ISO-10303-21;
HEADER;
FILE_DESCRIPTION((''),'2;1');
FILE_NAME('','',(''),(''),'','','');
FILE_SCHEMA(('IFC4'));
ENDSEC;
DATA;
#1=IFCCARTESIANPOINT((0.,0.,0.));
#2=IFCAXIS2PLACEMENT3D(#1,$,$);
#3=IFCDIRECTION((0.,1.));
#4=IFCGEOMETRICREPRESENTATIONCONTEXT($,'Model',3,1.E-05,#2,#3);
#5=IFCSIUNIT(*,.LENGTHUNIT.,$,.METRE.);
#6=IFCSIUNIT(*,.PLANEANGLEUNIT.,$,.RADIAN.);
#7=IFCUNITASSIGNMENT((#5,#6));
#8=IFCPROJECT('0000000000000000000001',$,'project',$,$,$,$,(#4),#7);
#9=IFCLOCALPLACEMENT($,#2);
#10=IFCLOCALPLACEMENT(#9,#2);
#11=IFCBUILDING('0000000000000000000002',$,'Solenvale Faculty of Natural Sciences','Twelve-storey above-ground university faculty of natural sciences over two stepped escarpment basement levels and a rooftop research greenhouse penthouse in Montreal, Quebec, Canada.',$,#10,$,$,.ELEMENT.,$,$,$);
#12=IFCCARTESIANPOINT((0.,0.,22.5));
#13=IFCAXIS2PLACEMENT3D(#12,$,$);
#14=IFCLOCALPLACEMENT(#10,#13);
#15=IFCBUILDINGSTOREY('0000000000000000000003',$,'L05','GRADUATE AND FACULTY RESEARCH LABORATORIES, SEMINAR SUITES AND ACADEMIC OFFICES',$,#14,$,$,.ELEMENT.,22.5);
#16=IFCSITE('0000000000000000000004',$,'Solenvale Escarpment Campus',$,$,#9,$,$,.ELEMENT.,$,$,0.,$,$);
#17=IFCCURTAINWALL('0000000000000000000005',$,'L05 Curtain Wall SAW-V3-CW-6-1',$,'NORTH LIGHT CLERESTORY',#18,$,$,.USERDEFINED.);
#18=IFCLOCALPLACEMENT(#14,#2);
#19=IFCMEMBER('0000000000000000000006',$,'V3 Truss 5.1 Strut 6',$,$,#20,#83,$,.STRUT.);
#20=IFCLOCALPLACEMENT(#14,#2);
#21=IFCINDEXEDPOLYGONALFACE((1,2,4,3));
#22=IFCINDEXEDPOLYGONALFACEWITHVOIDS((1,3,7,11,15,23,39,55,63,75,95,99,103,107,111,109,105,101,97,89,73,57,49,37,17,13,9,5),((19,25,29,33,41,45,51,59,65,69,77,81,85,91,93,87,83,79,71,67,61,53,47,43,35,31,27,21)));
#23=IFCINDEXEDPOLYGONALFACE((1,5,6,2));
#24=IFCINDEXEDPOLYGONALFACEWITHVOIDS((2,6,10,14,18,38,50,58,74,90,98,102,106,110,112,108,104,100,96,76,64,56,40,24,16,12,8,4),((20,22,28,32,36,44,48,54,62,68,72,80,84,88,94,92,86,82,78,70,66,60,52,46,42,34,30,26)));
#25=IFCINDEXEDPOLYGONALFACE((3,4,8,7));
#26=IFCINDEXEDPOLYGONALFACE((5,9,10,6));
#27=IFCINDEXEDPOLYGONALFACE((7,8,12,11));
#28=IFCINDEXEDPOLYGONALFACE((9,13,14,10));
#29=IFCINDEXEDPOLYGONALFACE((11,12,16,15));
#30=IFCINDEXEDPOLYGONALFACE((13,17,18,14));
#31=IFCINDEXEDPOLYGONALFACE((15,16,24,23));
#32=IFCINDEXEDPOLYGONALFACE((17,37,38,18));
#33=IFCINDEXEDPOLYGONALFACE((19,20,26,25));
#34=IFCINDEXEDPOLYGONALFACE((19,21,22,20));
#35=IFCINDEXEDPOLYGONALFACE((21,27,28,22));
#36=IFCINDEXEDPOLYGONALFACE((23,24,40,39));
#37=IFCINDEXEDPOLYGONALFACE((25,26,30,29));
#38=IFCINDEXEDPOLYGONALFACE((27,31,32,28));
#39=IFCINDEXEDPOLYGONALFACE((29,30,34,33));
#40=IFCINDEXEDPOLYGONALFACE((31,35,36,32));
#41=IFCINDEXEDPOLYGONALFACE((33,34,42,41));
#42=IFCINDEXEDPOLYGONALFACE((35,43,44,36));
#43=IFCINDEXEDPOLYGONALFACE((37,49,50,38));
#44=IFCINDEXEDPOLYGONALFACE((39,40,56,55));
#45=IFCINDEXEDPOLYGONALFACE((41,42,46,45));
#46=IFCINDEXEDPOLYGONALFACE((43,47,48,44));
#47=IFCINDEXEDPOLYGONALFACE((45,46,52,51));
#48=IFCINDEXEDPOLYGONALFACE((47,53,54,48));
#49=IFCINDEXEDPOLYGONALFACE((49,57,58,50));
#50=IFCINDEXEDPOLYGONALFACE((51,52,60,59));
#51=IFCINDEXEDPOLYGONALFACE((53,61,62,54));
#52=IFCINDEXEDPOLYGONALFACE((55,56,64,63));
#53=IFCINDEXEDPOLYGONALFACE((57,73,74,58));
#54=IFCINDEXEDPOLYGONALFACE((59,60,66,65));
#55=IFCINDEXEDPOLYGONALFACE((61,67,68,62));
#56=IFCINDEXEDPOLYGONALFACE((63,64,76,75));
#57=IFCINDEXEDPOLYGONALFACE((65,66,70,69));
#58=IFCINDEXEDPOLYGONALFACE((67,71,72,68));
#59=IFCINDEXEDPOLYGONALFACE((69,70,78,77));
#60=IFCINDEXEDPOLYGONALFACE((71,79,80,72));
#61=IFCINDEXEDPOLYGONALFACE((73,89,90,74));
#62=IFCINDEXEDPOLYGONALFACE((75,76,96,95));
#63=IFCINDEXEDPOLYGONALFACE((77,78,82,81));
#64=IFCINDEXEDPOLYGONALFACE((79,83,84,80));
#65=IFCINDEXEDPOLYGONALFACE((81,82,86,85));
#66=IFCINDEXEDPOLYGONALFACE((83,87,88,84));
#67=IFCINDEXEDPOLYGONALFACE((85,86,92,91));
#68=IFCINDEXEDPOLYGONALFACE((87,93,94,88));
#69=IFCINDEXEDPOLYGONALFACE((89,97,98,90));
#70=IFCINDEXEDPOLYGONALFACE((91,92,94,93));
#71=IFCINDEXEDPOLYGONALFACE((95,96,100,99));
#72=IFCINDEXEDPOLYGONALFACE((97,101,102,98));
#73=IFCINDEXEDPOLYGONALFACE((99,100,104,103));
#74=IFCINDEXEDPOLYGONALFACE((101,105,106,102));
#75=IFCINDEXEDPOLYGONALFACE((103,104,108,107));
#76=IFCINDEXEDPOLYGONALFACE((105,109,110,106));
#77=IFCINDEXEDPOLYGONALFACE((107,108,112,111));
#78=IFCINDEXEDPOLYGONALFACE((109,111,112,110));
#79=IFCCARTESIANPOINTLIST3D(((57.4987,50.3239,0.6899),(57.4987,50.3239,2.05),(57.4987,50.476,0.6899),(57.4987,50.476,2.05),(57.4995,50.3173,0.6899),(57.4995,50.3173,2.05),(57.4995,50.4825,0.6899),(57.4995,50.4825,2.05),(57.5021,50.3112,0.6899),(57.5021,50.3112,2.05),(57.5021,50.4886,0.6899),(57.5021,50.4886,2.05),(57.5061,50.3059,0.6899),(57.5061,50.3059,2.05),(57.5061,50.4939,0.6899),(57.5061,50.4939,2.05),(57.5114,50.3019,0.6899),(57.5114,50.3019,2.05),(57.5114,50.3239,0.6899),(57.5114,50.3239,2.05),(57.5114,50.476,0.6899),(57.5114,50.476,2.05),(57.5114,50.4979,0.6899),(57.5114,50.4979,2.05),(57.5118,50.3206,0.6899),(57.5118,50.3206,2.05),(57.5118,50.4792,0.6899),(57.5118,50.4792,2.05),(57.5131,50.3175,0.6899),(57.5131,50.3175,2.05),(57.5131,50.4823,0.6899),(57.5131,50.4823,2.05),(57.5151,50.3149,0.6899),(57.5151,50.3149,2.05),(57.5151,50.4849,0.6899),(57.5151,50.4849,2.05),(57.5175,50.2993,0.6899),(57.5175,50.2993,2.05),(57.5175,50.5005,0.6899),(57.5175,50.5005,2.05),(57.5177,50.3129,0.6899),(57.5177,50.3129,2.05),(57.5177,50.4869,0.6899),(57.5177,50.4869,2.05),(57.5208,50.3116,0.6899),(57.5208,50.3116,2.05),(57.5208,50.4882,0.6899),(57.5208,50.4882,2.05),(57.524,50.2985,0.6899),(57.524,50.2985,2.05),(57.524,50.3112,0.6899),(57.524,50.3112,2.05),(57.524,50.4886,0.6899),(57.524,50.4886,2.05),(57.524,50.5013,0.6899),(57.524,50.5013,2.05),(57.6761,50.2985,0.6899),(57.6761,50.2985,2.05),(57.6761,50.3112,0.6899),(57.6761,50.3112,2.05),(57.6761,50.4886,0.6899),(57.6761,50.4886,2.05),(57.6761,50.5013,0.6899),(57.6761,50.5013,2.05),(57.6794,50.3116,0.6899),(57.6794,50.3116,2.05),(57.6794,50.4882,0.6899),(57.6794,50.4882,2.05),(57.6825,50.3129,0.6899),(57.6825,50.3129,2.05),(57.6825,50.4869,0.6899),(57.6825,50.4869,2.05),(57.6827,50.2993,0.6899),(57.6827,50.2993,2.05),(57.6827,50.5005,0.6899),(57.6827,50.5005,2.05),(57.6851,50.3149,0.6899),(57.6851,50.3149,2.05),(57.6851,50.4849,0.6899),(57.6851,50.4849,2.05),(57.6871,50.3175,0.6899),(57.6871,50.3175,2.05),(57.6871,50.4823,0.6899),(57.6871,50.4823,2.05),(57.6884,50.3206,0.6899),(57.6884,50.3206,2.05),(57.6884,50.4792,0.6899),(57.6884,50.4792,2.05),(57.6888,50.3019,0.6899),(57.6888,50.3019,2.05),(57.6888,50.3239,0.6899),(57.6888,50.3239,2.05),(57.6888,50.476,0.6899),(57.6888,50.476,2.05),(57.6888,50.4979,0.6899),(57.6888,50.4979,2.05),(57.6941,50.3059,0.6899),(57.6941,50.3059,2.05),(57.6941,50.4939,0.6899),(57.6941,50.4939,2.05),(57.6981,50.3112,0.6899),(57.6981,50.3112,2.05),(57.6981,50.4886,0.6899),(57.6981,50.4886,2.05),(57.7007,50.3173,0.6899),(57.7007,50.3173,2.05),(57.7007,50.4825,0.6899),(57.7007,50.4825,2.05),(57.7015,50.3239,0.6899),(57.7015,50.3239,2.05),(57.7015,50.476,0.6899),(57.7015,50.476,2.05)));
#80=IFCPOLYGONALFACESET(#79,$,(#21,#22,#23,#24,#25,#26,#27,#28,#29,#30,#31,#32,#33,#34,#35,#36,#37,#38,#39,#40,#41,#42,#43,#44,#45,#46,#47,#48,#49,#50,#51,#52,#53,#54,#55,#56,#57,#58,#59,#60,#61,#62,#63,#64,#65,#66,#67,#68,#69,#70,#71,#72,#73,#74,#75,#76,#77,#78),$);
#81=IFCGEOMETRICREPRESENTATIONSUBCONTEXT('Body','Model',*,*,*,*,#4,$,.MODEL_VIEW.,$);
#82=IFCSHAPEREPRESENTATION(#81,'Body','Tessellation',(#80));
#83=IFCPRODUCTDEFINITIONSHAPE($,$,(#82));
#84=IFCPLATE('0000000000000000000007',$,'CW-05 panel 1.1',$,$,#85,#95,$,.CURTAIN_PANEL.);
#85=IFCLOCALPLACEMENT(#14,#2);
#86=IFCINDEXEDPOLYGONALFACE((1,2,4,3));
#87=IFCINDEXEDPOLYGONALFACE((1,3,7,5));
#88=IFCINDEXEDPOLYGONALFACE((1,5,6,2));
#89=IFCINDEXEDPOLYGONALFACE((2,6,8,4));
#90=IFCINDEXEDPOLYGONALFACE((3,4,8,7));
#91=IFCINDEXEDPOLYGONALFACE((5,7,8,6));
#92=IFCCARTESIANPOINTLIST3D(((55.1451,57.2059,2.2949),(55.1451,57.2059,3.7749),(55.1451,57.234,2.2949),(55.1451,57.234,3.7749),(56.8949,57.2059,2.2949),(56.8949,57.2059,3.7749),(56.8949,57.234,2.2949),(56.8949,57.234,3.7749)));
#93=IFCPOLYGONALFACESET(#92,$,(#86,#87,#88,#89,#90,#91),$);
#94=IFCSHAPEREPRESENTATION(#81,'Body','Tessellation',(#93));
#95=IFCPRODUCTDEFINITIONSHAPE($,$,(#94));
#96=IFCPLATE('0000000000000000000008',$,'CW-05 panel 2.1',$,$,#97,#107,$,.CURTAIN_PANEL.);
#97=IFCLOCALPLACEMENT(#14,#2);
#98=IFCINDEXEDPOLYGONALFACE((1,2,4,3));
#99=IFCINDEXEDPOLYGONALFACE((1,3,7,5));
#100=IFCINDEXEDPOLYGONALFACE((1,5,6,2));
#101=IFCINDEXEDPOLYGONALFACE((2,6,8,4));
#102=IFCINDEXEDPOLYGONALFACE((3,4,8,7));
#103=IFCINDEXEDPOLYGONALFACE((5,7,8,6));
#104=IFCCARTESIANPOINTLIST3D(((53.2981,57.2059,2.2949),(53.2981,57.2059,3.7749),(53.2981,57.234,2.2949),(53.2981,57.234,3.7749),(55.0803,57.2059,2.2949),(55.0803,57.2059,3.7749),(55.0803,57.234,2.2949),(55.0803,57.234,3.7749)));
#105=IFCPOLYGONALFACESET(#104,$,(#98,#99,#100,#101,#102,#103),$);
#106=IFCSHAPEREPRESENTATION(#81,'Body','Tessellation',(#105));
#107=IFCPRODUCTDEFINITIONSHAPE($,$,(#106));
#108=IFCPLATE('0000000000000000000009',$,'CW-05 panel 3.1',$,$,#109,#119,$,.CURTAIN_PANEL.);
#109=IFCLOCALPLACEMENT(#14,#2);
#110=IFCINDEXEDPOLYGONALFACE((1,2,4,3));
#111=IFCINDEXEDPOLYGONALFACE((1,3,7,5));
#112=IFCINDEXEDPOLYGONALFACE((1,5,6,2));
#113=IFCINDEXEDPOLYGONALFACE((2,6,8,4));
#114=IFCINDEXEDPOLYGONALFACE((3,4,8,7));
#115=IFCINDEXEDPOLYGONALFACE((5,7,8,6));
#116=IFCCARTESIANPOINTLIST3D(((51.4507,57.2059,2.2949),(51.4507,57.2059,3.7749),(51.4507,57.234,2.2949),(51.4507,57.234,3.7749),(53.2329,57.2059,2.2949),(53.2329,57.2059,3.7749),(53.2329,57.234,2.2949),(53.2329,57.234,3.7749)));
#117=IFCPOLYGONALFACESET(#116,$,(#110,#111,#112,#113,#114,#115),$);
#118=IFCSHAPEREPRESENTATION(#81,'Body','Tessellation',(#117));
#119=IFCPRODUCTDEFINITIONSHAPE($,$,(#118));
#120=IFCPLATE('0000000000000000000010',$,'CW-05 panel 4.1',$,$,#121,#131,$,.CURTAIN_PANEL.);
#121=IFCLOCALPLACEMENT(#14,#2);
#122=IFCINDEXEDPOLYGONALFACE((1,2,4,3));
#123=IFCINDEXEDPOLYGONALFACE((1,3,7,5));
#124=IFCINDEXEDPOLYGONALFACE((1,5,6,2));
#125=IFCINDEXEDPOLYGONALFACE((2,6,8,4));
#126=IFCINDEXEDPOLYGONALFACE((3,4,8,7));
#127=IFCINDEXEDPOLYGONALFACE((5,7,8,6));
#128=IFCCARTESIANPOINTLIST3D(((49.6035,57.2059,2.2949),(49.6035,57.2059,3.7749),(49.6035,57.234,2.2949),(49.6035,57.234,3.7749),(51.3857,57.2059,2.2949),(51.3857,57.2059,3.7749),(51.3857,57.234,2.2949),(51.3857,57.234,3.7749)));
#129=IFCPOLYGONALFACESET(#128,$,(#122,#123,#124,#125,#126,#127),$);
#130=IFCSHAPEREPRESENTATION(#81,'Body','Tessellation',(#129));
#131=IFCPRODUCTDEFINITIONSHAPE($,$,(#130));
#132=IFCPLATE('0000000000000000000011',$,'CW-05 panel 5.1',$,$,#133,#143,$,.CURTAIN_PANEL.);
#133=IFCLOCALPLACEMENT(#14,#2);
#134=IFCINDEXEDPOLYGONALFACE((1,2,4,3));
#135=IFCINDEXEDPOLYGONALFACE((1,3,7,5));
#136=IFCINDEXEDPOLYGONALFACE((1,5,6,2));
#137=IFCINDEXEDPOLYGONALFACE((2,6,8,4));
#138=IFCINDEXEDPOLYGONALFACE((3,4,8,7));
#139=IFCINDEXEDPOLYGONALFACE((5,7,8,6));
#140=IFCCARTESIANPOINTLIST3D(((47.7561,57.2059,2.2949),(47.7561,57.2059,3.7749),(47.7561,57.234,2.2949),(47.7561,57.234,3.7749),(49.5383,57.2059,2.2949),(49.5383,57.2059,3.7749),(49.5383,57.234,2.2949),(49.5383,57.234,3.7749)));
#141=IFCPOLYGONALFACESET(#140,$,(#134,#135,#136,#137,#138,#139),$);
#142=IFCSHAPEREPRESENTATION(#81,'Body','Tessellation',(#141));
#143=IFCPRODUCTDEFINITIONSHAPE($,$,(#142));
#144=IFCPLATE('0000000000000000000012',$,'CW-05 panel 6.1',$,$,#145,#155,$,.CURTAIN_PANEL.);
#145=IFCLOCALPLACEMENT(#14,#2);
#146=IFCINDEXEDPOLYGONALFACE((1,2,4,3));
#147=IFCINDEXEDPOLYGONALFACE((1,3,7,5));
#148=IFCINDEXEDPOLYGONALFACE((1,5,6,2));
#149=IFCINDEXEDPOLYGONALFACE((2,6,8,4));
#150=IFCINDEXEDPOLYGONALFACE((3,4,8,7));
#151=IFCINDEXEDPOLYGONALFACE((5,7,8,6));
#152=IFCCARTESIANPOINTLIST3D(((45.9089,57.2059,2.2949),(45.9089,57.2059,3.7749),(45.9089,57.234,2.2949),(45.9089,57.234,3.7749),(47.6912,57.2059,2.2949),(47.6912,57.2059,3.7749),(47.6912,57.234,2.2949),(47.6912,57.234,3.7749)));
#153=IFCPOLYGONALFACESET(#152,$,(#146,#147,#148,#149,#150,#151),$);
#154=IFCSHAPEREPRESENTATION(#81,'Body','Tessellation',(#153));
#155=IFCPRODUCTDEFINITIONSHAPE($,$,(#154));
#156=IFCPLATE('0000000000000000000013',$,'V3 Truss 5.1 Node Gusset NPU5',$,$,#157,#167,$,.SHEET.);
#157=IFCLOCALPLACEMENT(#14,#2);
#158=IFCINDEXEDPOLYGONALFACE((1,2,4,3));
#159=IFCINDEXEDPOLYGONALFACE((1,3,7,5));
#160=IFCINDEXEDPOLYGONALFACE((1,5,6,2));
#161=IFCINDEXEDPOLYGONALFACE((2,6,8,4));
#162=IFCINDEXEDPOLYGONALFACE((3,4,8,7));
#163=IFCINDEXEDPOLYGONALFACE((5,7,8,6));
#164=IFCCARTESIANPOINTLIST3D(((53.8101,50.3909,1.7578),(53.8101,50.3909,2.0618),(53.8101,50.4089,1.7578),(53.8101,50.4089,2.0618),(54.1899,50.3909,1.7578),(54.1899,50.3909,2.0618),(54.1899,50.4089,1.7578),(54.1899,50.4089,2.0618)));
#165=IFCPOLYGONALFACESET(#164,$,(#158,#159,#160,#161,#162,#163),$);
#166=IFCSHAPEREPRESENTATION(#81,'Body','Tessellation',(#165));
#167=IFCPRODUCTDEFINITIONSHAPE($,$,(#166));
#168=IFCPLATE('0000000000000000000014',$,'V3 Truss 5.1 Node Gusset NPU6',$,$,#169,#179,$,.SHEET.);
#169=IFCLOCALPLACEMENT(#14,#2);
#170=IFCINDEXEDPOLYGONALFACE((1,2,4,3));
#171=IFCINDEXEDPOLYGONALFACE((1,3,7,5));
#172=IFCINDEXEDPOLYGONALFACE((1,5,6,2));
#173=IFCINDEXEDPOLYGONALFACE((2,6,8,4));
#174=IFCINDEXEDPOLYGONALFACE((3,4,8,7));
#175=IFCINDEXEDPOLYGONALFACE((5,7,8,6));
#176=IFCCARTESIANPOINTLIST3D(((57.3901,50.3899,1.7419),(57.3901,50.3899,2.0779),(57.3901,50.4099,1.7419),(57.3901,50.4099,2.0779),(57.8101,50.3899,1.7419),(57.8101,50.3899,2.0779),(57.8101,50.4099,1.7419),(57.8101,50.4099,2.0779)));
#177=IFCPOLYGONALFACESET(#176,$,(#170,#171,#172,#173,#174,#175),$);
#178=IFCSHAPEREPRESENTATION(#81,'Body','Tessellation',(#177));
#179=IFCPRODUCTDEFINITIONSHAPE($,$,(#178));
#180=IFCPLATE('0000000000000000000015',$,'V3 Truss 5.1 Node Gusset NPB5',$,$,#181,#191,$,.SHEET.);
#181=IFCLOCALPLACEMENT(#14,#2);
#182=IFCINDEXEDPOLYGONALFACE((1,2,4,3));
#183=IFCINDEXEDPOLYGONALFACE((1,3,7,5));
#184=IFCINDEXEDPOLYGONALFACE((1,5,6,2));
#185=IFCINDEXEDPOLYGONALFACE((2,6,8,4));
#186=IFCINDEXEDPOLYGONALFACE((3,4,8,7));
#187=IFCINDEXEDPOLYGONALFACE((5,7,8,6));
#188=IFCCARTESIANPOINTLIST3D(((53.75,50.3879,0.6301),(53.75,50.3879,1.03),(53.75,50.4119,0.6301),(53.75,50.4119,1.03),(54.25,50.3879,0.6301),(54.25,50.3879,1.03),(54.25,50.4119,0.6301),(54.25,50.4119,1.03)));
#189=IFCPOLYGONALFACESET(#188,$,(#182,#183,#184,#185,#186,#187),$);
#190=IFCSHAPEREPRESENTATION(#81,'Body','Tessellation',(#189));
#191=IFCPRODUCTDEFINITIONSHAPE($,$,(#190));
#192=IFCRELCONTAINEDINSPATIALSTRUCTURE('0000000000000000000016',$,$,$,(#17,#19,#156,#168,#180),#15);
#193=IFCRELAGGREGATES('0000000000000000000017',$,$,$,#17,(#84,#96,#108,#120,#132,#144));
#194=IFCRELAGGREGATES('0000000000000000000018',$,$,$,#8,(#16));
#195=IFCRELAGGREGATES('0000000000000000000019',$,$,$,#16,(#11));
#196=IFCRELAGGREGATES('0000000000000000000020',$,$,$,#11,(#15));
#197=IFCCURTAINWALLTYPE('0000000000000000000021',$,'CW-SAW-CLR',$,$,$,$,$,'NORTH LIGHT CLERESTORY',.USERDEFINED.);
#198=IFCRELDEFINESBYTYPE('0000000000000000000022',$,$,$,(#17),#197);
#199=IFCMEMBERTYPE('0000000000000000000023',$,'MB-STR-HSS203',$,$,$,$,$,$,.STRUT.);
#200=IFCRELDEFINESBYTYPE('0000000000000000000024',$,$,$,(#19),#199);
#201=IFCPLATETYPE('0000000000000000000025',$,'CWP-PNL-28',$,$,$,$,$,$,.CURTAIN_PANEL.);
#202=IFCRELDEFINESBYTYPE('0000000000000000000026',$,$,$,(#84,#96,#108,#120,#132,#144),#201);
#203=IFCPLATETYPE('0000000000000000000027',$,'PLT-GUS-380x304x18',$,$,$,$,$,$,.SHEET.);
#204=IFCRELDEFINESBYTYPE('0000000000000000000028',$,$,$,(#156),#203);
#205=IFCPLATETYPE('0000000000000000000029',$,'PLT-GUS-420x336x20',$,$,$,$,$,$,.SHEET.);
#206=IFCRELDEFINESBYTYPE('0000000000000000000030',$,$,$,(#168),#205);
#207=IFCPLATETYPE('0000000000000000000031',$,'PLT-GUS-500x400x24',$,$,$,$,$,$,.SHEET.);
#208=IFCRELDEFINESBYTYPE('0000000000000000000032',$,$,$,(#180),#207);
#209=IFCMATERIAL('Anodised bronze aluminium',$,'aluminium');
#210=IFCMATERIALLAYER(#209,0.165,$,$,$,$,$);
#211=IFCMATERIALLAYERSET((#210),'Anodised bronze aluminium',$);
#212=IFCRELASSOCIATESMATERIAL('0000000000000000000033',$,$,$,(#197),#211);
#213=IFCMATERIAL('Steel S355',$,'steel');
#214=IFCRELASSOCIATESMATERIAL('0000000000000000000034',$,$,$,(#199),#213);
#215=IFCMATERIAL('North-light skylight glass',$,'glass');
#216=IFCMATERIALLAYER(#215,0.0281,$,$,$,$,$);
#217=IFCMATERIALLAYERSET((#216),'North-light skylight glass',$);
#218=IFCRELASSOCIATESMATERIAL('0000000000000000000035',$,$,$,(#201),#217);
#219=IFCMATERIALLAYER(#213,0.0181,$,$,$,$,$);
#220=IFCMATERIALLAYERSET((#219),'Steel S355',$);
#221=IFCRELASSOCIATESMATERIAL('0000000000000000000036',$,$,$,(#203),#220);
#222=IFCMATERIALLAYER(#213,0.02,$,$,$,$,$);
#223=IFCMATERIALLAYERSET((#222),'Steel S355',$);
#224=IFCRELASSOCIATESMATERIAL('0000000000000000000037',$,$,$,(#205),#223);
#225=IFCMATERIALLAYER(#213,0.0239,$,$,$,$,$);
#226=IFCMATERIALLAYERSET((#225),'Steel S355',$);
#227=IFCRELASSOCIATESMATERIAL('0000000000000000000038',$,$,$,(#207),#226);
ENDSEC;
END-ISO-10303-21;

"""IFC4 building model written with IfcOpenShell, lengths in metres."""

from ifc_helpers import new_model, si_unit, direction, frame, origin, origin_2d, place, context, subcontext, project, spatial, rectangle, hollow_rectangle, extrude, material, layer, layer_set, material_profile, profile_set, type_object, element, aggregate, save


model = new_model("IFC4")

# Units and contexts
model_context = context("Model", 3, precision=1e-05, world=origin(), true_north=direction((0.0, 1.0)))
body_context = subcontext(model_context, "Body", "Model", "MODEL_VIEW")
ifc_project = project(units=[si_unit("LENGTHUNIT", "METRE"), si_unit("PLANEANGLEUNIT", "RADIAN")], contexts=[model_context])

# Site, building, storey
site_placement = place(None, origin())
site = spatial("IfcSite", under=ifc_project, at=site_placement, Name="Solenvale Escarpment Campus", CompositionType="ELEMENT", RefElevation=0.0)
building_placement = place(site_placement, origin())
building = spatial("IfcBuilding", under=site, at=building_placement, Name="Solenvale Faculty of Natural Sciences", Description="Twelve-storey above-ground university faculty of natural sciences over two stepped escarpment basement levels and a rooftop research greenhouse penthouse in Montreal, Quebec, Canada.", CompositionType="ELEMENT")
storey_placement = place(building_placement, frame((0.0, 0.0, 22.5)))
storey = spatial("IfcBuildingStorey", under=building, at=storey_placement, Name="L05", Description="GRADUATE AND FACULTY RESEARCH LABORATORIES, SEMINAR SUITES AND ACADEMIC OFFICES", CompositionType="ELEMENT", Elevation=22.5)

# Shared definitions
ifc_material_1 = material(Name="Steel S355", Category="steel")

# Curtain wall
ifc_material_2 = material(Name="Anodised bronze aluminium", Category="aluminium")
ifc_layer_1 = layer(ifc_material_2, 0.165)
ifc_layer_set_1 = layer_set([ifc_layer_1], Name="Anodised bronze aluminium")
curtain_wall_type = type_object("IfcCurtainWallType", Name="CW-SAW-CLR", ElementType="NORTH LIGHT CLERESTORY", PredefinedType="USERDEFINED", material=ifc_layer_set_1)
curtain_wall_placement = place(storey_placement, origin())
curtain_wall = element("IfcCurtainWall", 1, at=curtain_wall_placement, inside=storey, type_object=curtain_wall_type, Name="L05 Curtain Wall SAW-V3-CW-6-1", ObjectType="NORTH LIGHT CLERESTORY", PredefinedType="USERDEFINED")

# Member
ifc_material_profile_1 = material_profile(ifc_material_1, hollow_rectangle(XDim=0.2029, YDim=0.2029, WallThickness=0.0127, InnerFilletRadius=0.0127, OuterFilletRadius=0.0254, at=origin_2d()), Name="HSS203x203x13")
ifc_profile_set_1 = profile_set([ifc_material_profile_1], Name="Steel S355")
member_type_1 = type_object("IfcMemberType", Name="MB-STR-HSS203", PredefinedType="STRUT", material=ifc_profile_set_1)
member_1_placement = place(storey_placement, frame((57.6001, 50.3999, 0.6899), z_axis=(0.0, 0.0, 1.0), x_axis=(1.0, 0.0, 0.0)))
element("IfcMember", 2, at=member_1_placement, inside=storey, type_object=member_type_1, Name="V3 Truss 5.1 Strut 6", PredefinedType="STRUT", context=body_context, shape_type="SweptSolid", body=[
    extrude(hollow_rectangle(XDim=0.2029, YDim=0.2029, WallThickness=0.0127, InnerFilletRadius=0.0127, OuterFilletRadius=0.0254, at=origin_2d()), origin(), (0.0, 0.0, 1.0), 1.3601),
])

# Plates
ifc_material_3 = material(Name="North-light skylight glass", Category="glass")
ifc_layer_2 = layer(ifc_material_3, 0.0281)
ifc_layer_set_2 = layer_set([ifc_layer_2], Name="North-light skylight glass")
plate_type_1 = type_object("IfcPlateType", Name="CWP-PNL-28", PredefinedType="CURTAIN_PANEL", material=ifc_layer_set_2)
plate_1_placement = place(storey_placement, frame((56.02, 57.22, 2.2949), z_axis=(0.0, 0.0, 1.0), x_axis=(-1.0, 0.0, 0.0)))
plate_1 = element("IfcPlate", 3, at=plate_1_placement, type_object=plate_type_1, Name="CW-05 panel 1.1", PredefinedType="CURTAIN_PANEL", context=body_context, shape_type="SweptSolid", body=[
    extrude(rectangle(XDim=1.7498, YDim=0.0281, at=origin_2d()), origin(), (0.0, 0.0, 1.0), 1.48),
])
plate_2_placement = place(storey_placement, frame((54.1892, 57.22, 2.2949), z_axis=(0.0, 0.0, 1.0), x_axis=(-1.0, 0.0, 0.0)))
plate_2 = element("IfcPlate", 4, at=plate_2_placement, type_object=plate_type_1, Name="CW-05 panel 2.1", PredefinedType="CURTAIN_PANEL", context=body_context, shape_type="SweptSolid", body=[
    extrude(rectangle(XDim=1.7822, YDim=0.0281, at=origin_2d()), origin(), (0.0, 0.0, 1.0), 1.48),
])
plate_3_placement = place(storey_placement, frame((52.3418, 57.22, 2.2949), z_axis=(0.0, 0.0, 1.0), x_axis=(-1.0, 0.0, 0.0)))
plate_3 = element("IfcPlate", 5, at=plate_3_placement, type_object=plate_type_1, Name="CW-05 panel 3.1", PredefinedType="CURTAIN_PANEL", context=body_context, shape_type="SweptSolid", body=[
    extrude(rectangle(XDim=1.7822, YDim=0.0281, at=origin_2d()), origin(), (0.0, 0.0, 1.0), 1.48),
])
plate_4_placement = place(storey_placement, frame((50.4946, 57.22, 2.2949), z_axis=(0.0, 0.0, 1.0), x_axis=(-1.0, 0.0, 0.0)))
plate_4 = element("IfcPlate", 6, at=plate_4_placement, type_object=plate_type_1, Name="CW-05 panel 4.1", PredefinedType="CURTAIN_PANEL", context=body_context, shape_type="SweptSolid", body=[
    extrude(rectangle(XDim=1.7822, YDim=0.0281, at=origin_2d()), origin(), (0.0, 0.0, 1.0), 1.48),
])
plate_5_placement = place(storey_placement, frame((48.6472, 57.22, 2.2949), z_axis=(0.0, 0.0, 1.0), x_axis=(-1.0, 0.0, 0.0)))
plate_5 = element("IfcPlate", 7, at=plate_5_placement, type_object=plate_type_1, Name="CW-05 panel 5.1", PredefinedType="CURTAIN_PANEL", context=body_context, shape_type="SweptSolid", body=[
    extrude(rectangle(XDim=1.7822, YDim=0.0281, at=origin_2d()), origin(), (0.0, 0.0, 1.0), 1.48),
])
plate_6_placement = place(storey_placement, frame((46.8, 57.22, 2.2949), z_axis=(0.0, 0.0, 1.0), x_axis=(-1.0, 0.0, 0.0)))
plate_6 = element("IfcPlate", 8, at=plate_6_placement, type_object=plate_type_1, Name="CW-05 panel 6.1", PredefinedType="CURTAIN_PANEL", context=body_context, shape_type="SweptSolid", body=[
    extrude(rectangle(XDim=1.7822, YDim=0.0281, at=origin_2d()), origin(), (0.0, 0.0, 1.0), 1.48),
])
aggregate(curtain_wall, [plate_1, plate_2, plate_3, plate_4, plate_5, plate_6])

# Plates
ifc_layer_3 = layer(ifc_material_1, 0.0181)
ifc_layer_set_3 = layer_set([ifc_layer_3], Name="Steel S355")
plate_type_2 = type_object("IfcPlateType", Name="PLT-GUS-380x304x18", PredefinedType="SHEET", material=ifc_layer_set_3)
plate_7_placement = place(storey_placement, frame((54.0, 50.3999, 1.7578), z_axis=(0.0, 0.0, 1.0), x_axis=(1.0, 0.0, 0.0)))
element("IfcPlate", 9, at=plate_7_placement, inside=storey, type_object=plate_type_2, Name="V3 Truss 5.1 Node Gusset NPU5", PredefinedType="SHEET", context=body_context, shape_type="SweptSolid", body=[
    extrude(rectangle(XDim=0.3799, YDim=0.0181, at=origin_2d()), origin(), (0.0, 0.0, 1.0), 0.304),
])
ifc_layer_4 = layer(ifc_material_1, 0.02)
ifc_layer_set_4 = layer_set([ifc_layer_4], Name="Steel S355")
plate_type_3 = type_object("IfcPlateType", Name="PLT-GUS-420x336x20", PredefinedType="SHEET", material=ifc_layer_set_4)
plate_8_placement = place(storey_placement, frame((57.6001, 50.3999, 1.7419), z_axis=(0.0, 0.0, 1.0), x_axis=(1.0, 0.0, 0.0)))
element("IfcPlate", 10, at=plate_8_placement, inside=storey, type_object=plate_type_3, Name="V3 Truss 5.1 Node Gusset NPU6", PredefinedType="SHEET", context=body_context, shape_type="SweptSolid", body=[
    extrude(rectangle(XDim=0.4199, YDim=0.02, at=origin_2d()), origin(), (0.0, 0.0, 1.0), 0.3359),
])
ifc_layer_5 = layer(ifc_material_1, 0.0239)
ifc_layer_set_5 = layer_set([ifc_layer_5], Name="Steel S355")
plate_type_4 = type_object("IfcPlateType", Name="PLT-GUS-500x400x24", PredefinedType="SHEET", material=ifc_layer_set_5)
plate_9_placement = place(storey_placement, frame((54.0, 50.3999, 0.6301), z_axis=(0.0, 0.0, 1.0), x_axis=(1.0, 0.0, 0.0)))
element("IfcPlate", 11, at=plate_9_placement, inside=storey, type_object=plate_type_4, Name="V3 Truss 5.1 Node Gusset NPB5", PredefinedType="SHEET", context=body_context, shape_type="SweptSolid", body=[
    extrude(rectangle(XDim=0.5, YDim=0.0239, at=origin_2d()), origin(), (0.0, 0.0, 1.0), 0.3999),
])

save(model, "model.ifc")
